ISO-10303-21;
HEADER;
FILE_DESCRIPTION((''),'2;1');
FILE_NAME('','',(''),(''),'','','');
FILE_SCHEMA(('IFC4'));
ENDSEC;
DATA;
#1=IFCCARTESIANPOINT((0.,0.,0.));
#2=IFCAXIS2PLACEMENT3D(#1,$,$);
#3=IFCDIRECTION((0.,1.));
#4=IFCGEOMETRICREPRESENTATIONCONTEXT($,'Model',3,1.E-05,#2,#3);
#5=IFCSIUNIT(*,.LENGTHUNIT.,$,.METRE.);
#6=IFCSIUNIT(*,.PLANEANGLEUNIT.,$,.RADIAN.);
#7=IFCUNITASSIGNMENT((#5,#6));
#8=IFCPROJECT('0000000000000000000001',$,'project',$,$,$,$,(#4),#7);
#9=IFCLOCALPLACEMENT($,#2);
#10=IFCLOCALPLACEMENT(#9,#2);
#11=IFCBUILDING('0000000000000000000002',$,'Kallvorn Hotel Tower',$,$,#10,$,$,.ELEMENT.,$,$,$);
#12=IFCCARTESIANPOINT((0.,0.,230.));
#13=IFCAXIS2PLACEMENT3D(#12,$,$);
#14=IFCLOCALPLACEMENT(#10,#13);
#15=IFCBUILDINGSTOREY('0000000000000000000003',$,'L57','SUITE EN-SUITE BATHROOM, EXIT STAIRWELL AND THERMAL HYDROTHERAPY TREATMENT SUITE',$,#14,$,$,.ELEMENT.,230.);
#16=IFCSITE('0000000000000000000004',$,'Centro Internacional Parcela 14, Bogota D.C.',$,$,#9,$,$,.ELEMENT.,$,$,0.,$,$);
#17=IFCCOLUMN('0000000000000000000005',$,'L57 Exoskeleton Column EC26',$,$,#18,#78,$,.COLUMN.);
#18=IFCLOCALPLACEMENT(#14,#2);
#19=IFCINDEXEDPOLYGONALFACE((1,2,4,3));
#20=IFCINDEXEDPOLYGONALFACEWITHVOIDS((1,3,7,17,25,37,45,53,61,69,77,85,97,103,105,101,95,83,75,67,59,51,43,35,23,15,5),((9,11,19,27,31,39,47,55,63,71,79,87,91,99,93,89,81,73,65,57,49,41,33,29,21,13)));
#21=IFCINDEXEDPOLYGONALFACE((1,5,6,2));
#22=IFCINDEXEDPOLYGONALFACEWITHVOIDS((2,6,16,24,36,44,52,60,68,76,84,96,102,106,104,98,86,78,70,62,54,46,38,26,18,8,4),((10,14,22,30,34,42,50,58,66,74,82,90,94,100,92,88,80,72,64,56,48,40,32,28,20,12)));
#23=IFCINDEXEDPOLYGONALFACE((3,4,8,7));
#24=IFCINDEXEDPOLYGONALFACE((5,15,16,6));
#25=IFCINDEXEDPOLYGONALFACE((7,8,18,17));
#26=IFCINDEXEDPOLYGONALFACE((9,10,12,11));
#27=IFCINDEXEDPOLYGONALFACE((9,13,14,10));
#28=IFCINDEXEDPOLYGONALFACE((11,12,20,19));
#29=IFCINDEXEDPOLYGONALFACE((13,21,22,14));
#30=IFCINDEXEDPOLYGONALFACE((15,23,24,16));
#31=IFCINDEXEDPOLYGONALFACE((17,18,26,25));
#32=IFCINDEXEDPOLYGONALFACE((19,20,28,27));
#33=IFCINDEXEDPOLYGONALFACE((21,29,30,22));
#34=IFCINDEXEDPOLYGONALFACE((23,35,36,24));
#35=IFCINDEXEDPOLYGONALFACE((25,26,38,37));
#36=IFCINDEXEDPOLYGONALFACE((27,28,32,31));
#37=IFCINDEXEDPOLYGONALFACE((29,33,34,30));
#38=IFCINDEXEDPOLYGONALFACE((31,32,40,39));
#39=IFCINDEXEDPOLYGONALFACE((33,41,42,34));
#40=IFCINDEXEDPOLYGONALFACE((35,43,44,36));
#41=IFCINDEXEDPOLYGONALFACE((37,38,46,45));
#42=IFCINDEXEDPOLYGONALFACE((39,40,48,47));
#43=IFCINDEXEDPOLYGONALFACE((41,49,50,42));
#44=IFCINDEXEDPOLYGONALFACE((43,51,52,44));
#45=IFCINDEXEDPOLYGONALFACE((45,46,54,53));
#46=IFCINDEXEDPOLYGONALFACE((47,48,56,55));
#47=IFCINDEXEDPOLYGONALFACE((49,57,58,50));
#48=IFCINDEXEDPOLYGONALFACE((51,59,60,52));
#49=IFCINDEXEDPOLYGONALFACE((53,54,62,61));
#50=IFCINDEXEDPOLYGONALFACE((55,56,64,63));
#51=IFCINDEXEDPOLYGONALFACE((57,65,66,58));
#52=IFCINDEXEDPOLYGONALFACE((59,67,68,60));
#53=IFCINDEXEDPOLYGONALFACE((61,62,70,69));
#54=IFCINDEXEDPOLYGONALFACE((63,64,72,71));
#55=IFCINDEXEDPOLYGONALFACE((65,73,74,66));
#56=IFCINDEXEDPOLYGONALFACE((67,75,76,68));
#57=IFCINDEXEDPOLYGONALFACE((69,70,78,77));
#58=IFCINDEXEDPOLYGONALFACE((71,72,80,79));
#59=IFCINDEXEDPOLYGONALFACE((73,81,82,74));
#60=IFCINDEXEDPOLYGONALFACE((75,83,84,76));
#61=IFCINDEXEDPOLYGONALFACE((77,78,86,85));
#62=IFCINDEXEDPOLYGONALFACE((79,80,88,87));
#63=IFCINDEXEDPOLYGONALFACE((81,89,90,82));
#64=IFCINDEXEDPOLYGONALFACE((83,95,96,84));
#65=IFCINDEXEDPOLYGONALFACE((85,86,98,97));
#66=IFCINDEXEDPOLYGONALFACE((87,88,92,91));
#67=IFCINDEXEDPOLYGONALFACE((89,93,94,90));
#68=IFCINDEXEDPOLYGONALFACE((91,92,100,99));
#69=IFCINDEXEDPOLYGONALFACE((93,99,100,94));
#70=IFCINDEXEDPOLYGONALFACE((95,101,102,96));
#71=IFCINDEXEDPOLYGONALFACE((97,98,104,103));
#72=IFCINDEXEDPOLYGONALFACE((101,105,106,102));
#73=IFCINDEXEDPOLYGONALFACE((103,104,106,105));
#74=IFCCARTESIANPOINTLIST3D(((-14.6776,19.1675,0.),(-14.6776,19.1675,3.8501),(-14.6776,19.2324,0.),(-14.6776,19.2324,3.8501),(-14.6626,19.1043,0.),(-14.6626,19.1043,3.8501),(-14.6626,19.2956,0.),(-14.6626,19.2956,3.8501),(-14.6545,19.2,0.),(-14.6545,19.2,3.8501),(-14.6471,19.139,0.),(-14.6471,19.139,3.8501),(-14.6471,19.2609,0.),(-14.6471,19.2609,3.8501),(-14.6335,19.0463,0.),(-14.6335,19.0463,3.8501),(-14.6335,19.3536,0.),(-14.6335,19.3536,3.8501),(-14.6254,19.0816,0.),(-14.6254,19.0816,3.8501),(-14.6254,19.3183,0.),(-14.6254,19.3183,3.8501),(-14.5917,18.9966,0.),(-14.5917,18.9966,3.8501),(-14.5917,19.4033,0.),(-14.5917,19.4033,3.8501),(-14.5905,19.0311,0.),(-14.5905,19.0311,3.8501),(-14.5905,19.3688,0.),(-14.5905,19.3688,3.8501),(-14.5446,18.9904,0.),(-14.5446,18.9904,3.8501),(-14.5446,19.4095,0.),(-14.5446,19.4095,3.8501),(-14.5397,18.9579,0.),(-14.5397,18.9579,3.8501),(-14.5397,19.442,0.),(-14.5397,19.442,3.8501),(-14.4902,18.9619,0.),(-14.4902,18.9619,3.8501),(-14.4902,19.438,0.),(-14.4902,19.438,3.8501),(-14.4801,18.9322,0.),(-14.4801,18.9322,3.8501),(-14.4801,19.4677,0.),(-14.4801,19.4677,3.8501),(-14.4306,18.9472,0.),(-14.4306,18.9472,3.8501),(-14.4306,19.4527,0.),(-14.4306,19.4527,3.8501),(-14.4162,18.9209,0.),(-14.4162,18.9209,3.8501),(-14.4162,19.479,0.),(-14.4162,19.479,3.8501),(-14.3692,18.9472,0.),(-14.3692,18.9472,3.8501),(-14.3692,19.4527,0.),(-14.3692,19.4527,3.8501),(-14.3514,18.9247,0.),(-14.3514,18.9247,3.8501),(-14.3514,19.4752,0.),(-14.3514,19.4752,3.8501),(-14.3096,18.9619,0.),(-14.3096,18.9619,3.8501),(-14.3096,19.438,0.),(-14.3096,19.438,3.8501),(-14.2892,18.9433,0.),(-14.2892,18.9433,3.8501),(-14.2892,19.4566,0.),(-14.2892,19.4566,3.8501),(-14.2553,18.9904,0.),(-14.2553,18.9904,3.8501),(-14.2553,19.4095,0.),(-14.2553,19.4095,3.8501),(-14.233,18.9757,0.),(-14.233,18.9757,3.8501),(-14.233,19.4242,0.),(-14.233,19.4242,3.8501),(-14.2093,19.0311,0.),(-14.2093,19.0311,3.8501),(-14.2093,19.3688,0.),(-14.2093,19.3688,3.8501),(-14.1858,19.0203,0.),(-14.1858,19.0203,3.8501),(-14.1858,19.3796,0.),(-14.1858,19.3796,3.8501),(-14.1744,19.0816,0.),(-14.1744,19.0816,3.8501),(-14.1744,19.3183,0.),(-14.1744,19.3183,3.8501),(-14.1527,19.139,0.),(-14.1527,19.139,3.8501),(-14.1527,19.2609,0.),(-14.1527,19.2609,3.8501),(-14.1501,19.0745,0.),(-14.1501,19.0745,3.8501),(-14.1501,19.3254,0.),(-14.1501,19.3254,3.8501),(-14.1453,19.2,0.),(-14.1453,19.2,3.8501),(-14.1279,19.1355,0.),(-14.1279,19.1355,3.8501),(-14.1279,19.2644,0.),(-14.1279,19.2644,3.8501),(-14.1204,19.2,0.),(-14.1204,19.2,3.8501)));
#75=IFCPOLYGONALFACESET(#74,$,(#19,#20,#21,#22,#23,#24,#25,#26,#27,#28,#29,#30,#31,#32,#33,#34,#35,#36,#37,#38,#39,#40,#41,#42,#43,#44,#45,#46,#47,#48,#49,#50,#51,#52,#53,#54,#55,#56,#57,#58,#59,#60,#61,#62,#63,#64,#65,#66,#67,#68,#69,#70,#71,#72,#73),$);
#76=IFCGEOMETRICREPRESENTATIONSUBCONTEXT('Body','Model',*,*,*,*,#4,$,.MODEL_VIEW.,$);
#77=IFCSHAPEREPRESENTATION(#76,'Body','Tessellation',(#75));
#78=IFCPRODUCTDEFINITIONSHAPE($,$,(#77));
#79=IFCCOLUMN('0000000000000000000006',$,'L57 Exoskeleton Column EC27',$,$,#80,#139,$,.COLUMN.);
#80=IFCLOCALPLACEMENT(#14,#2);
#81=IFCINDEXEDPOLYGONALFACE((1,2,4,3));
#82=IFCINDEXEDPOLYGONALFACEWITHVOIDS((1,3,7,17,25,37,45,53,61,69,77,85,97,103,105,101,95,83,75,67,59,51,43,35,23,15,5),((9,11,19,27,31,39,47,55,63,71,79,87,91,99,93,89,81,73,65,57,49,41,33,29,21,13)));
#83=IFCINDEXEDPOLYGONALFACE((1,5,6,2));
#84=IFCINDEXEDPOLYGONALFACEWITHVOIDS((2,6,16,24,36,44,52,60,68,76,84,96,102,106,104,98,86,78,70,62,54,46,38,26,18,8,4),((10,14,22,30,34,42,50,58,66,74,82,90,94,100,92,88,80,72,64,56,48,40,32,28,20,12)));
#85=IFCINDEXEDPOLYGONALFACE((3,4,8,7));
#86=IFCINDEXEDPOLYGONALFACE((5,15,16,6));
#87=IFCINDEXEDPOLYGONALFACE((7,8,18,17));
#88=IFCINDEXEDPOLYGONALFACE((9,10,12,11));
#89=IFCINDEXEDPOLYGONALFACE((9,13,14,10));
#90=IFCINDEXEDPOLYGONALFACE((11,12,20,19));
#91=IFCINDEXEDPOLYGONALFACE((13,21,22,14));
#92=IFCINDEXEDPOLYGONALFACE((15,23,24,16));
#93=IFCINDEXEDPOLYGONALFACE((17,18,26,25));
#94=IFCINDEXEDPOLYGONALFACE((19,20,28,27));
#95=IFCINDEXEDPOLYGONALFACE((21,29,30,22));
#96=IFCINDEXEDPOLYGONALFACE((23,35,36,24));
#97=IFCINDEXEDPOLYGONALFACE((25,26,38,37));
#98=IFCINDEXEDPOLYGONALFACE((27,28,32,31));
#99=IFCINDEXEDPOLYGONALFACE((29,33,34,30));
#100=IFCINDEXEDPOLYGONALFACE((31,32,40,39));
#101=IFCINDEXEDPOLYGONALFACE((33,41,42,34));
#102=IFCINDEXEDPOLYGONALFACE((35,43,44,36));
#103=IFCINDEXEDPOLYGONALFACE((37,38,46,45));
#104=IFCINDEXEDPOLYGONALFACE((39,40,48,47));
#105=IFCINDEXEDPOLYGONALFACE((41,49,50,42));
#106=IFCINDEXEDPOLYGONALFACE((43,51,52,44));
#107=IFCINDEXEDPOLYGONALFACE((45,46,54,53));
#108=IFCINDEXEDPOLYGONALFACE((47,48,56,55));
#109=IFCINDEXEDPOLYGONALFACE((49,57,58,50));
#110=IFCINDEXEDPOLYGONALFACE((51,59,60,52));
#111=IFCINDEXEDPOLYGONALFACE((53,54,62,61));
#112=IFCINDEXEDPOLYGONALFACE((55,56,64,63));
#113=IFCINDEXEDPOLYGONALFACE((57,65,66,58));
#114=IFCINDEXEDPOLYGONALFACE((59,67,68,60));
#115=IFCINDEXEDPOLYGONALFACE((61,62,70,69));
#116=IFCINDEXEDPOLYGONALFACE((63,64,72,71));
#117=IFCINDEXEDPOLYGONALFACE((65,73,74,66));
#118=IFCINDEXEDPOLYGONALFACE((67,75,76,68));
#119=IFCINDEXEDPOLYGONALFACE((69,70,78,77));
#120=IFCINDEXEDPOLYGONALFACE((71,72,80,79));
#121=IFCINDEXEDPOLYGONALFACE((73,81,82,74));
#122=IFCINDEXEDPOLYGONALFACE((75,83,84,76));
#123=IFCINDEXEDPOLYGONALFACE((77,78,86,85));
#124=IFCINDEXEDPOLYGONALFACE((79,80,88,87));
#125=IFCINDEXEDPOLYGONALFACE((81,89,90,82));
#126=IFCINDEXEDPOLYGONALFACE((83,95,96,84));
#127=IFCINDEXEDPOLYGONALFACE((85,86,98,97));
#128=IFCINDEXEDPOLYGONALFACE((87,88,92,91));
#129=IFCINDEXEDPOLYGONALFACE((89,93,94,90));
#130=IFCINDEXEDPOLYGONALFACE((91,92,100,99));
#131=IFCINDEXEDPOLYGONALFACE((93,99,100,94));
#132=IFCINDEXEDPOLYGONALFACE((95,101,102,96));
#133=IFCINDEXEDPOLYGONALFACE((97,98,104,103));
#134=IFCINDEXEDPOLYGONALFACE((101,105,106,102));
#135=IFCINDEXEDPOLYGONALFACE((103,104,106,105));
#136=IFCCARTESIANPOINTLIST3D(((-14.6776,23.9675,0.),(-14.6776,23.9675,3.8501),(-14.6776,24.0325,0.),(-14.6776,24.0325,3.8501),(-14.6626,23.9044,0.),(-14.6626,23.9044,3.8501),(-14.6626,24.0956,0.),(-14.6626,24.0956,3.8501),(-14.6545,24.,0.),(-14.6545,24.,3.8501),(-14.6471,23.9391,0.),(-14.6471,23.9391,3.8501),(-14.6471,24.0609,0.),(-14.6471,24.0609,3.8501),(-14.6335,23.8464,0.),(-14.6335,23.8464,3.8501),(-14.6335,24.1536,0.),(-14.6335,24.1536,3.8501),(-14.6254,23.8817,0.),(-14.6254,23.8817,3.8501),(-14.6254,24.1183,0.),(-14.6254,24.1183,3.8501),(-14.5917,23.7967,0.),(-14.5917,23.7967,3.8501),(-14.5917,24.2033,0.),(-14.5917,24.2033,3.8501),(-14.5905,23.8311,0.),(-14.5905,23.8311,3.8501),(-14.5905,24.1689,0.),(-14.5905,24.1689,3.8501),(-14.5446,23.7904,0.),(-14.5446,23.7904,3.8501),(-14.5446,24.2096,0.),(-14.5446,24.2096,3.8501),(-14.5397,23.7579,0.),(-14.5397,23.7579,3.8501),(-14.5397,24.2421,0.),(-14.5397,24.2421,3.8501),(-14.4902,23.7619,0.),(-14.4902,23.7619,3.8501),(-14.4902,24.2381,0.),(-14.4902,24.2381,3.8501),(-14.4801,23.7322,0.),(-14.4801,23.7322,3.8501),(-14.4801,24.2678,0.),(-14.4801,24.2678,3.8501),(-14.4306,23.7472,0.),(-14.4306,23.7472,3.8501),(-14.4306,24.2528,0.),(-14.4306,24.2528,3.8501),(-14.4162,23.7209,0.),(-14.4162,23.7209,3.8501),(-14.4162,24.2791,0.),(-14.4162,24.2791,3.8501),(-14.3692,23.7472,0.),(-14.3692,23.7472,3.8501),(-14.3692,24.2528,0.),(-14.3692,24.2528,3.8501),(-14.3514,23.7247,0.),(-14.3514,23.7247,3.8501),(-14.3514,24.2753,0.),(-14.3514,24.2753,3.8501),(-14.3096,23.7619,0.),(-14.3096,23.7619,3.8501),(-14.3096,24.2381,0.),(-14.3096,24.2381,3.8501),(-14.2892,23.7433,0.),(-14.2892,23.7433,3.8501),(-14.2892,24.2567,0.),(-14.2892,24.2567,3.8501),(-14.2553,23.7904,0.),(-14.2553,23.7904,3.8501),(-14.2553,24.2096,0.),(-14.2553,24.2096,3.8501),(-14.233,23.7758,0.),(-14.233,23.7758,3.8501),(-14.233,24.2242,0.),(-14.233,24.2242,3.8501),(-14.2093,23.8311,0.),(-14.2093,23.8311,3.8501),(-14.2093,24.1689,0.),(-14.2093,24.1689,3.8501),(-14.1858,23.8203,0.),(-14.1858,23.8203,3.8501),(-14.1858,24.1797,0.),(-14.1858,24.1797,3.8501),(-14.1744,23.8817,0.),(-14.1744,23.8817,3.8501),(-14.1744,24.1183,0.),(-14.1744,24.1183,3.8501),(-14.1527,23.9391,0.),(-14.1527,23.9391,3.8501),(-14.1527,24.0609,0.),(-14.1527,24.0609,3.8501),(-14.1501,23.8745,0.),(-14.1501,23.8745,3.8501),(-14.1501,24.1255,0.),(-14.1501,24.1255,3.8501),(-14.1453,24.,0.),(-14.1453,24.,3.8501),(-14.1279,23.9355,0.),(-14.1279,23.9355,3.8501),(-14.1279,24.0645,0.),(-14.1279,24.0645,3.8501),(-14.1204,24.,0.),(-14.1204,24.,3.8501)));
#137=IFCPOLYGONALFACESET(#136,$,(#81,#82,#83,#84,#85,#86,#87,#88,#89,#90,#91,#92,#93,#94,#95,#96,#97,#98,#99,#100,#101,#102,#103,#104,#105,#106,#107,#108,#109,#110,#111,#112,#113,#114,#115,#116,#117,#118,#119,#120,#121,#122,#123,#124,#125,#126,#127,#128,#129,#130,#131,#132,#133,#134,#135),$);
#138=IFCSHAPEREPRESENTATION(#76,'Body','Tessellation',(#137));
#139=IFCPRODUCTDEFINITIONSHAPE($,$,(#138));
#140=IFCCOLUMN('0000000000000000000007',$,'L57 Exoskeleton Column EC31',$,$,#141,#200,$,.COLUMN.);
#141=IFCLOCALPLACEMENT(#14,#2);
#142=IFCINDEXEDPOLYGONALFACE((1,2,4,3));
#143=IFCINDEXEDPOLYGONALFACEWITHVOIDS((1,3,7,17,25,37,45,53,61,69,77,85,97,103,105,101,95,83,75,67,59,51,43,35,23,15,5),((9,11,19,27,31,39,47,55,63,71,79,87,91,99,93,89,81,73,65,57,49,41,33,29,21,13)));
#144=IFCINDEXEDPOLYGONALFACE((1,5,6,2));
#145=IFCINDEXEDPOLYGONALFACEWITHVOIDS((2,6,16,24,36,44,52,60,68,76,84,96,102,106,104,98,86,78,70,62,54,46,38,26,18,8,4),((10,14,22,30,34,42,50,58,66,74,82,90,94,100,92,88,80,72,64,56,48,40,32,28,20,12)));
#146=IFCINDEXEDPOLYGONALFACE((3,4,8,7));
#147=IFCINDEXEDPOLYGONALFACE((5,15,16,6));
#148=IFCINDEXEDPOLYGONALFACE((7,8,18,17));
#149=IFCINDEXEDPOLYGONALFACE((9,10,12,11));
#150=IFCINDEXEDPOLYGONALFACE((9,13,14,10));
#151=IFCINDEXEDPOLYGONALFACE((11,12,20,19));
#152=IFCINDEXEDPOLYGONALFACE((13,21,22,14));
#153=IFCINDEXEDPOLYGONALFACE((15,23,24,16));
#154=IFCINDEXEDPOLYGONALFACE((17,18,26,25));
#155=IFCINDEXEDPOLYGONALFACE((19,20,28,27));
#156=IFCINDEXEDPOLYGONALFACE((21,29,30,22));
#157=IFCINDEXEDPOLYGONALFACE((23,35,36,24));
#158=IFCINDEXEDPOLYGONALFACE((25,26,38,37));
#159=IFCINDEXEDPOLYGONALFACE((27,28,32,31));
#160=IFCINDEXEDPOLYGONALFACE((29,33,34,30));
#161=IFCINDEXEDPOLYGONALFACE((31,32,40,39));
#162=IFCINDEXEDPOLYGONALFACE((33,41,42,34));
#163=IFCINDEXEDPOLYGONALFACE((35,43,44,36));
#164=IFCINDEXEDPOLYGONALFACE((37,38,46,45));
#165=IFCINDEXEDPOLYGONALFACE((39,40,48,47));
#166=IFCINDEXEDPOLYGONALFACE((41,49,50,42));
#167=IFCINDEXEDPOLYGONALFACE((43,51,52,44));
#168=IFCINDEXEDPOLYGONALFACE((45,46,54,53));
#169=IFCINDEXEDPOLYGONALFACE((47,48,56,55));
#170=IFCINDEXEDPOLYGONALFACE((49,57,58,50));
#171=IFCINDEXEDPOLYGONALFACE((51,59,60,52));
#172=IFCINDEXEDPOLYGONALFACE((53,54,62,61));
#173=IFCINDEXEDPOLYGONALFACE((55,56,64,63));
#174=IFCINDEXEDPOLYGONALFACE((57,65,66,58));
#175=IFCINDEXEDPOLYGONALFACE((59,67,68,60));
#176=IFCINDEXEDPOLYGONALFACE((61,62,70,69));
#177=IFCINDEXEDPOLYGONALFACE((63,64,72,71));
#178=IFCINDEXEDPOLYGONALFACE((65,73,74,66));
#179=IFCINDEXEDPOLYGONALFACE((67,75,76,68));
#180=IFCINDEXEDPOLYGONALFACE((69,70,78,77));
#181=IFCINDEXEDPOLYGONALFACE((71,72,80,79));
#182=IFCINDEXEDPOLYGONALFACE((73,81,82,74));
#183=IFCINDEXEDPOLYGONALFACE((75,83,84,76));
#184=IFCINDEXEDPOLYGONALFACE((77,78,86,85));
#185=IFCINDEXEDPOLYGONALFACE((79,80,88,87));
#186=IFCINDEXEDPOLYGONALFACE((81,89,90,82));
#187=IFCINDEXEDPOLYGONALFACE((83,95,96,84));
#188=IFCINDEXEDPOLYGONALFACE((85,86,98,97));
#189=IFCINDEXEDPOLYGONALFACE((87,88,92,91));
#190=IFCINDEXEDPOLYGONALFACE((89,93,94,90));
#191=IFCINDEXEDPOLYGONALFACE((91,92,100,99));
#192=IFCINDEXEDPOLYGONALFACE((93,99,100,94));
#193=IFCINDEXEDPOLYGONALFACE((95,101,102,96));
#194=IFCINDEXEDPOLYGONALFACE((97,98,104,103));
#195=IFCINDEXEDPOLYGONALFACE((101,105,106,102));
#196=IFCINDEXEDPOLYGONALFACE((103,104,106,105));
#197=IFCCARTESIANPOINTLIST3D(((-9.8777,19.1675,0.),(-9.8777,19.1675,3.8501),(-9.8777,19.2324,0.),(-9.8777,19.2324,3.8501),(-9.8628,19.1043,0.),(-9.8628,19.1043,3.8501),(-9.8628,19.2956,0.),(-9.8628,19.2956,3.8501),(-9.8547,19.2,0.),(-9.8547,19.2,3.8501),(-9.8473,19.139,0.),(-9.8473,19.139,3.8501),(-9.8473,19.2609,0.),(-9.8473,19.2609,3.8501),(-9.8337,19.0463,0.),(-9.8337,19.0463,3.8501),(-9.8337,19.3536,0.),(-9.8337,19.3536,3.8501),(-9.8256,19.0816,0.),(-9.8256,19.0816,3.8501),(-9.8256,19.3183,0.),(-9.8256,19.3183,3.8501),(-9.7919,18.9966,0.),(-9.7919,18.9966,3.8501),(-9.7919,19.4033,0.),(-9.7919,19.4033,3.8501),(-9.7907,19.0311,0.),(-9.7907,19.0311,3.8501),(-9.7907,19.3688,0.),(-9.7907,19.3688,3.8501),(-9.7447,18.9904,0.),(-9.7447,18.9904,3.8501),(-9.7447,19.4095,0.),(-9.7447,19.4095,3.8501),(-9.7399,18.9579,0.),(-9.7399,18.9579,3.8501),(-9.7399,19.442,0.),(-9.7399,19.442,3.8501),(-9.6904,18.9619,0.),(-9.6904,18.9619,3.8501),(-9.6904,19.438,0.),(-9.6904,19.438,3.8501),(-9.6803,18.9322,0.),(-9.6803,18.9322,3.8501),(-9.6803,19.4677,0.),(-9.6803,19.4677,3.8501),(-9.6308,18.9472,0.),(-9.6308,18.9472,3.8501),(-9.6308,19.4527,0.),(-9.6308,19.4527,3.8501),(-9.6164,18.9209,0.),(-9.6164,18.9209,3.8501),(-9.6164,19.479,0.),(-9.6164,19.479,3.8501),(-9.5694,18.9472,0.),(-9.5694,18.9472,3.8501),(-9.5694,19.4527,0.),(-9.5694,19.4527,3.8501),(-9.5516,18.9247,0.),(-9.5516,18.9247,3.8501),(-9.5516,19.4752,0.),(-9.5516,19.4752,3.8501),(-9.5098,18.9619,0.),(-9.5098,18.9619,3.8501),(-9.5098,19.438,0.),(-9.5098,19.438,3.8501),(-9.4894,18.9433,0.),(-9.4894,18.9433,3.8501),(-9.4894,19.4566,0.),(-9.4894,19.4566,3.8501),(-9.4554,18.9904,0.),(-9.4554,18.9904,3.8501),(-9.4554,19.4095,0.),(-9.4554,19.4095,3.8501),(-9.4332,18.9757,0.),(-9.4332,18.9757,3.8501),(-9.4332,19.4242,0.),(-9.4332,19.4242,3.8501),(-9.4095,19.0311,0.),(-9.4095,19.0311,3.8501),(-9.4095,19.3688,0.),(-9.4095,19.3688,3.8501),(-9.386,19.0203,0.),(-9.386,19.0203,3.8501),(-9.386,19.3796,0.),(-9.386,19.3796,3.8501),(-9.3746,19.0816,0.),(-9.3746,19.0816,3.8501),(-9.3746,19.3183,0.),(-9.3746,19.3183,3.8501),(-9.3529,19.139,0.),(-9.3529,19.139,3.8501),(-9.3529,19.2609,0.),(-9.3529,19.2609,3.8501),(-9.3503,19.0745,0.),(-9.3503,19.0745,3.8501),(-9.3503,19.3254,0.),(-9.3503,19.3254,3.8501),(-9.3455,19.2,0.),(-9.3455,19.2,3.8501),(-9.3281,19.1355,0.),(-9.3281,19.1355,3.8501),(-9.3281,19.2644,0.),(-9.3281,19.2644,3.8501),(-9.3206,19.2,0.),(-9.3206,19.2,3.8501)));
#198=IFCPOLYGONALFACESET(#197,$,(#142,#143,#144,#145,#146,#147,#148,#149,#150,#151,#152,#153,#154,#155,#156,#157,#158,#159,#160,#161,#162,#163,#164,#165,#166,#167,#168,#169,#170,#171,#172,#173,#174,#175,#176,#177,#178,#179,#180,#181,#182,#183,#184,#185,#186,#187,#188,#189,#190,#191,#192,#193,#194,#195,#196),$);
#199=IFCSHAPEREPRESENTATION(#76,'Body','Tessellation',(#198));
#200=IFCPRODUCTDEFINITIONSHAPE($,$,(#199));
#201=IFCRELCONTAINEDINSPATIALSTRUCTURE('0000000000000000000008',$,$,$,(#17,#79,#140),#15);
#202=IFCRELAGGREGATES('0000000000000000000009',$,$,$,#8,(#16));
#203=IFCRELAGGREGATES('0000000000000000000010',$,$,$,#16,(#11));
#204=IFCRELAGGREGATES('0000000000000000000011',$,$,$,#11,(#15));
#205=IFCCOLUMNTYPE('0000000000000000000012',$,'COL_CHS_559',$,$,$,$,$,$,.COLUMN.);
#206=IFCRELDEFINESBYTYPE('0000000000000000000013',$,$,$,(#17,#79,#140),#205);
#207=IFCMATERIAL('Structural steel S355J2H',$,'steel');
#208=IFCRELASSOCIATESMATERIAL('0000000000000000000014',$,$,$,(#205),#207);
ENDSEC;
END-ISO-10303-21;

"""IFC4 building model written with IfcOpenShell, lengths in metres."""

from ifc_helpers import new_model, si_unit, direction, frame, origin, origin_2d, place, context, subcontext, project, spatial, hollow_circle, extrude, material, material_profile, profile_set, type_object, element, save


model = new_model("IFC4")

# Units and contexts
model_context = context("Model", 3, precision=1e-05, world=origin(), true_north=direction((0.0, 1.0)))
body_context = subcontext(model_context, "Body", "Model", "MODEL_VIEW")
ifc_project = project(units=[si_unit("LENGTHUNIT", "METRE"), si_unit("PLANEANGLEUNIT", "RADIAN")], contexts=[model_context])

# Site, building, storey
site_placement = place(None, origin())
site = spatial("IfcSite", under=ifc_project, at=site_placement, Name="Centro Internacional Parcela 14, Bogota D.C.", CompositionType="ELEMENT", RefElevation=0.0)
building_placement = place(site_placement, origin())
building = spatial("IfcBuilding", under=site, at=building_placement, Name="Kallvorn Hotel Tower", CompositionType="ELEMENT")
storey_placement = place(building_placement, frame((0.0, 0.0, 230.0)))
storey = spatial("IfcBuildingStorey", under=building, at=storey_placement, Name="L57", Description="SUITE EN-SUITE BATHROOM, EXIT STAIRWELL AND THERMAL HYDROTHERAPY TREATMENT SUITE", CompositionType="ELEMENT", Elevation=230.0)

# Columns
ifc_material_1 = material(Name="Structural steel S355J2H", Category="steel")
ifc_material_profile_1 = material_profile(ifc_material_1, hollow_circle(Radius=0.2795, WallThickness=0.0249, at=origin_2d()), Name="CHS 559x25")
ifc_profile_set_1 = profile_set([ifc_material_profile_1], Name="Structural steel S355J2H")
column_type_1 = type_object("IfcColumnType", Name="COL_CHS_559", PredefinedType="COLUMN", material=ifc_profile_set_1)
for number, where, z_axis, x_axis, name in (
    (1, (-14.3999, 19.2, 0.0), (0.0, 0.0, 1.0), (1.0, 0.0, 0.0), "L57 Exoskeleton Column EC26"),
    (2, (-14.3999, 24.0, 0.0), (0.0, 0.0, 1.0), (1.0, 0.0, 0.0), "L57 Exoskeleton Column EC27"),
    (3, (-9.6001, 19.2, 0.0), (0.0, 0.0, 1.0), (1.0, 0.0, 0.0), "L57 Exoskeleton Column EC31"),
):
    element("IfcColumn", number, at=place(storey_placement, frame(where, z_axis=z_axis, x_axis=x_axis)), inside=storey, type_object=column_type_1, Name=name, PredefinedType="COLUMN", context=body_context, shape_type="SweptSolid", body=[
        extrude(hollow_circle(Radius=0.2795, WallThickness=0.0249, at=origin_2d()), origin(), (0.0, 0.0, 1.0), 3.8501),
    ])

save(model, "model.ifc")
